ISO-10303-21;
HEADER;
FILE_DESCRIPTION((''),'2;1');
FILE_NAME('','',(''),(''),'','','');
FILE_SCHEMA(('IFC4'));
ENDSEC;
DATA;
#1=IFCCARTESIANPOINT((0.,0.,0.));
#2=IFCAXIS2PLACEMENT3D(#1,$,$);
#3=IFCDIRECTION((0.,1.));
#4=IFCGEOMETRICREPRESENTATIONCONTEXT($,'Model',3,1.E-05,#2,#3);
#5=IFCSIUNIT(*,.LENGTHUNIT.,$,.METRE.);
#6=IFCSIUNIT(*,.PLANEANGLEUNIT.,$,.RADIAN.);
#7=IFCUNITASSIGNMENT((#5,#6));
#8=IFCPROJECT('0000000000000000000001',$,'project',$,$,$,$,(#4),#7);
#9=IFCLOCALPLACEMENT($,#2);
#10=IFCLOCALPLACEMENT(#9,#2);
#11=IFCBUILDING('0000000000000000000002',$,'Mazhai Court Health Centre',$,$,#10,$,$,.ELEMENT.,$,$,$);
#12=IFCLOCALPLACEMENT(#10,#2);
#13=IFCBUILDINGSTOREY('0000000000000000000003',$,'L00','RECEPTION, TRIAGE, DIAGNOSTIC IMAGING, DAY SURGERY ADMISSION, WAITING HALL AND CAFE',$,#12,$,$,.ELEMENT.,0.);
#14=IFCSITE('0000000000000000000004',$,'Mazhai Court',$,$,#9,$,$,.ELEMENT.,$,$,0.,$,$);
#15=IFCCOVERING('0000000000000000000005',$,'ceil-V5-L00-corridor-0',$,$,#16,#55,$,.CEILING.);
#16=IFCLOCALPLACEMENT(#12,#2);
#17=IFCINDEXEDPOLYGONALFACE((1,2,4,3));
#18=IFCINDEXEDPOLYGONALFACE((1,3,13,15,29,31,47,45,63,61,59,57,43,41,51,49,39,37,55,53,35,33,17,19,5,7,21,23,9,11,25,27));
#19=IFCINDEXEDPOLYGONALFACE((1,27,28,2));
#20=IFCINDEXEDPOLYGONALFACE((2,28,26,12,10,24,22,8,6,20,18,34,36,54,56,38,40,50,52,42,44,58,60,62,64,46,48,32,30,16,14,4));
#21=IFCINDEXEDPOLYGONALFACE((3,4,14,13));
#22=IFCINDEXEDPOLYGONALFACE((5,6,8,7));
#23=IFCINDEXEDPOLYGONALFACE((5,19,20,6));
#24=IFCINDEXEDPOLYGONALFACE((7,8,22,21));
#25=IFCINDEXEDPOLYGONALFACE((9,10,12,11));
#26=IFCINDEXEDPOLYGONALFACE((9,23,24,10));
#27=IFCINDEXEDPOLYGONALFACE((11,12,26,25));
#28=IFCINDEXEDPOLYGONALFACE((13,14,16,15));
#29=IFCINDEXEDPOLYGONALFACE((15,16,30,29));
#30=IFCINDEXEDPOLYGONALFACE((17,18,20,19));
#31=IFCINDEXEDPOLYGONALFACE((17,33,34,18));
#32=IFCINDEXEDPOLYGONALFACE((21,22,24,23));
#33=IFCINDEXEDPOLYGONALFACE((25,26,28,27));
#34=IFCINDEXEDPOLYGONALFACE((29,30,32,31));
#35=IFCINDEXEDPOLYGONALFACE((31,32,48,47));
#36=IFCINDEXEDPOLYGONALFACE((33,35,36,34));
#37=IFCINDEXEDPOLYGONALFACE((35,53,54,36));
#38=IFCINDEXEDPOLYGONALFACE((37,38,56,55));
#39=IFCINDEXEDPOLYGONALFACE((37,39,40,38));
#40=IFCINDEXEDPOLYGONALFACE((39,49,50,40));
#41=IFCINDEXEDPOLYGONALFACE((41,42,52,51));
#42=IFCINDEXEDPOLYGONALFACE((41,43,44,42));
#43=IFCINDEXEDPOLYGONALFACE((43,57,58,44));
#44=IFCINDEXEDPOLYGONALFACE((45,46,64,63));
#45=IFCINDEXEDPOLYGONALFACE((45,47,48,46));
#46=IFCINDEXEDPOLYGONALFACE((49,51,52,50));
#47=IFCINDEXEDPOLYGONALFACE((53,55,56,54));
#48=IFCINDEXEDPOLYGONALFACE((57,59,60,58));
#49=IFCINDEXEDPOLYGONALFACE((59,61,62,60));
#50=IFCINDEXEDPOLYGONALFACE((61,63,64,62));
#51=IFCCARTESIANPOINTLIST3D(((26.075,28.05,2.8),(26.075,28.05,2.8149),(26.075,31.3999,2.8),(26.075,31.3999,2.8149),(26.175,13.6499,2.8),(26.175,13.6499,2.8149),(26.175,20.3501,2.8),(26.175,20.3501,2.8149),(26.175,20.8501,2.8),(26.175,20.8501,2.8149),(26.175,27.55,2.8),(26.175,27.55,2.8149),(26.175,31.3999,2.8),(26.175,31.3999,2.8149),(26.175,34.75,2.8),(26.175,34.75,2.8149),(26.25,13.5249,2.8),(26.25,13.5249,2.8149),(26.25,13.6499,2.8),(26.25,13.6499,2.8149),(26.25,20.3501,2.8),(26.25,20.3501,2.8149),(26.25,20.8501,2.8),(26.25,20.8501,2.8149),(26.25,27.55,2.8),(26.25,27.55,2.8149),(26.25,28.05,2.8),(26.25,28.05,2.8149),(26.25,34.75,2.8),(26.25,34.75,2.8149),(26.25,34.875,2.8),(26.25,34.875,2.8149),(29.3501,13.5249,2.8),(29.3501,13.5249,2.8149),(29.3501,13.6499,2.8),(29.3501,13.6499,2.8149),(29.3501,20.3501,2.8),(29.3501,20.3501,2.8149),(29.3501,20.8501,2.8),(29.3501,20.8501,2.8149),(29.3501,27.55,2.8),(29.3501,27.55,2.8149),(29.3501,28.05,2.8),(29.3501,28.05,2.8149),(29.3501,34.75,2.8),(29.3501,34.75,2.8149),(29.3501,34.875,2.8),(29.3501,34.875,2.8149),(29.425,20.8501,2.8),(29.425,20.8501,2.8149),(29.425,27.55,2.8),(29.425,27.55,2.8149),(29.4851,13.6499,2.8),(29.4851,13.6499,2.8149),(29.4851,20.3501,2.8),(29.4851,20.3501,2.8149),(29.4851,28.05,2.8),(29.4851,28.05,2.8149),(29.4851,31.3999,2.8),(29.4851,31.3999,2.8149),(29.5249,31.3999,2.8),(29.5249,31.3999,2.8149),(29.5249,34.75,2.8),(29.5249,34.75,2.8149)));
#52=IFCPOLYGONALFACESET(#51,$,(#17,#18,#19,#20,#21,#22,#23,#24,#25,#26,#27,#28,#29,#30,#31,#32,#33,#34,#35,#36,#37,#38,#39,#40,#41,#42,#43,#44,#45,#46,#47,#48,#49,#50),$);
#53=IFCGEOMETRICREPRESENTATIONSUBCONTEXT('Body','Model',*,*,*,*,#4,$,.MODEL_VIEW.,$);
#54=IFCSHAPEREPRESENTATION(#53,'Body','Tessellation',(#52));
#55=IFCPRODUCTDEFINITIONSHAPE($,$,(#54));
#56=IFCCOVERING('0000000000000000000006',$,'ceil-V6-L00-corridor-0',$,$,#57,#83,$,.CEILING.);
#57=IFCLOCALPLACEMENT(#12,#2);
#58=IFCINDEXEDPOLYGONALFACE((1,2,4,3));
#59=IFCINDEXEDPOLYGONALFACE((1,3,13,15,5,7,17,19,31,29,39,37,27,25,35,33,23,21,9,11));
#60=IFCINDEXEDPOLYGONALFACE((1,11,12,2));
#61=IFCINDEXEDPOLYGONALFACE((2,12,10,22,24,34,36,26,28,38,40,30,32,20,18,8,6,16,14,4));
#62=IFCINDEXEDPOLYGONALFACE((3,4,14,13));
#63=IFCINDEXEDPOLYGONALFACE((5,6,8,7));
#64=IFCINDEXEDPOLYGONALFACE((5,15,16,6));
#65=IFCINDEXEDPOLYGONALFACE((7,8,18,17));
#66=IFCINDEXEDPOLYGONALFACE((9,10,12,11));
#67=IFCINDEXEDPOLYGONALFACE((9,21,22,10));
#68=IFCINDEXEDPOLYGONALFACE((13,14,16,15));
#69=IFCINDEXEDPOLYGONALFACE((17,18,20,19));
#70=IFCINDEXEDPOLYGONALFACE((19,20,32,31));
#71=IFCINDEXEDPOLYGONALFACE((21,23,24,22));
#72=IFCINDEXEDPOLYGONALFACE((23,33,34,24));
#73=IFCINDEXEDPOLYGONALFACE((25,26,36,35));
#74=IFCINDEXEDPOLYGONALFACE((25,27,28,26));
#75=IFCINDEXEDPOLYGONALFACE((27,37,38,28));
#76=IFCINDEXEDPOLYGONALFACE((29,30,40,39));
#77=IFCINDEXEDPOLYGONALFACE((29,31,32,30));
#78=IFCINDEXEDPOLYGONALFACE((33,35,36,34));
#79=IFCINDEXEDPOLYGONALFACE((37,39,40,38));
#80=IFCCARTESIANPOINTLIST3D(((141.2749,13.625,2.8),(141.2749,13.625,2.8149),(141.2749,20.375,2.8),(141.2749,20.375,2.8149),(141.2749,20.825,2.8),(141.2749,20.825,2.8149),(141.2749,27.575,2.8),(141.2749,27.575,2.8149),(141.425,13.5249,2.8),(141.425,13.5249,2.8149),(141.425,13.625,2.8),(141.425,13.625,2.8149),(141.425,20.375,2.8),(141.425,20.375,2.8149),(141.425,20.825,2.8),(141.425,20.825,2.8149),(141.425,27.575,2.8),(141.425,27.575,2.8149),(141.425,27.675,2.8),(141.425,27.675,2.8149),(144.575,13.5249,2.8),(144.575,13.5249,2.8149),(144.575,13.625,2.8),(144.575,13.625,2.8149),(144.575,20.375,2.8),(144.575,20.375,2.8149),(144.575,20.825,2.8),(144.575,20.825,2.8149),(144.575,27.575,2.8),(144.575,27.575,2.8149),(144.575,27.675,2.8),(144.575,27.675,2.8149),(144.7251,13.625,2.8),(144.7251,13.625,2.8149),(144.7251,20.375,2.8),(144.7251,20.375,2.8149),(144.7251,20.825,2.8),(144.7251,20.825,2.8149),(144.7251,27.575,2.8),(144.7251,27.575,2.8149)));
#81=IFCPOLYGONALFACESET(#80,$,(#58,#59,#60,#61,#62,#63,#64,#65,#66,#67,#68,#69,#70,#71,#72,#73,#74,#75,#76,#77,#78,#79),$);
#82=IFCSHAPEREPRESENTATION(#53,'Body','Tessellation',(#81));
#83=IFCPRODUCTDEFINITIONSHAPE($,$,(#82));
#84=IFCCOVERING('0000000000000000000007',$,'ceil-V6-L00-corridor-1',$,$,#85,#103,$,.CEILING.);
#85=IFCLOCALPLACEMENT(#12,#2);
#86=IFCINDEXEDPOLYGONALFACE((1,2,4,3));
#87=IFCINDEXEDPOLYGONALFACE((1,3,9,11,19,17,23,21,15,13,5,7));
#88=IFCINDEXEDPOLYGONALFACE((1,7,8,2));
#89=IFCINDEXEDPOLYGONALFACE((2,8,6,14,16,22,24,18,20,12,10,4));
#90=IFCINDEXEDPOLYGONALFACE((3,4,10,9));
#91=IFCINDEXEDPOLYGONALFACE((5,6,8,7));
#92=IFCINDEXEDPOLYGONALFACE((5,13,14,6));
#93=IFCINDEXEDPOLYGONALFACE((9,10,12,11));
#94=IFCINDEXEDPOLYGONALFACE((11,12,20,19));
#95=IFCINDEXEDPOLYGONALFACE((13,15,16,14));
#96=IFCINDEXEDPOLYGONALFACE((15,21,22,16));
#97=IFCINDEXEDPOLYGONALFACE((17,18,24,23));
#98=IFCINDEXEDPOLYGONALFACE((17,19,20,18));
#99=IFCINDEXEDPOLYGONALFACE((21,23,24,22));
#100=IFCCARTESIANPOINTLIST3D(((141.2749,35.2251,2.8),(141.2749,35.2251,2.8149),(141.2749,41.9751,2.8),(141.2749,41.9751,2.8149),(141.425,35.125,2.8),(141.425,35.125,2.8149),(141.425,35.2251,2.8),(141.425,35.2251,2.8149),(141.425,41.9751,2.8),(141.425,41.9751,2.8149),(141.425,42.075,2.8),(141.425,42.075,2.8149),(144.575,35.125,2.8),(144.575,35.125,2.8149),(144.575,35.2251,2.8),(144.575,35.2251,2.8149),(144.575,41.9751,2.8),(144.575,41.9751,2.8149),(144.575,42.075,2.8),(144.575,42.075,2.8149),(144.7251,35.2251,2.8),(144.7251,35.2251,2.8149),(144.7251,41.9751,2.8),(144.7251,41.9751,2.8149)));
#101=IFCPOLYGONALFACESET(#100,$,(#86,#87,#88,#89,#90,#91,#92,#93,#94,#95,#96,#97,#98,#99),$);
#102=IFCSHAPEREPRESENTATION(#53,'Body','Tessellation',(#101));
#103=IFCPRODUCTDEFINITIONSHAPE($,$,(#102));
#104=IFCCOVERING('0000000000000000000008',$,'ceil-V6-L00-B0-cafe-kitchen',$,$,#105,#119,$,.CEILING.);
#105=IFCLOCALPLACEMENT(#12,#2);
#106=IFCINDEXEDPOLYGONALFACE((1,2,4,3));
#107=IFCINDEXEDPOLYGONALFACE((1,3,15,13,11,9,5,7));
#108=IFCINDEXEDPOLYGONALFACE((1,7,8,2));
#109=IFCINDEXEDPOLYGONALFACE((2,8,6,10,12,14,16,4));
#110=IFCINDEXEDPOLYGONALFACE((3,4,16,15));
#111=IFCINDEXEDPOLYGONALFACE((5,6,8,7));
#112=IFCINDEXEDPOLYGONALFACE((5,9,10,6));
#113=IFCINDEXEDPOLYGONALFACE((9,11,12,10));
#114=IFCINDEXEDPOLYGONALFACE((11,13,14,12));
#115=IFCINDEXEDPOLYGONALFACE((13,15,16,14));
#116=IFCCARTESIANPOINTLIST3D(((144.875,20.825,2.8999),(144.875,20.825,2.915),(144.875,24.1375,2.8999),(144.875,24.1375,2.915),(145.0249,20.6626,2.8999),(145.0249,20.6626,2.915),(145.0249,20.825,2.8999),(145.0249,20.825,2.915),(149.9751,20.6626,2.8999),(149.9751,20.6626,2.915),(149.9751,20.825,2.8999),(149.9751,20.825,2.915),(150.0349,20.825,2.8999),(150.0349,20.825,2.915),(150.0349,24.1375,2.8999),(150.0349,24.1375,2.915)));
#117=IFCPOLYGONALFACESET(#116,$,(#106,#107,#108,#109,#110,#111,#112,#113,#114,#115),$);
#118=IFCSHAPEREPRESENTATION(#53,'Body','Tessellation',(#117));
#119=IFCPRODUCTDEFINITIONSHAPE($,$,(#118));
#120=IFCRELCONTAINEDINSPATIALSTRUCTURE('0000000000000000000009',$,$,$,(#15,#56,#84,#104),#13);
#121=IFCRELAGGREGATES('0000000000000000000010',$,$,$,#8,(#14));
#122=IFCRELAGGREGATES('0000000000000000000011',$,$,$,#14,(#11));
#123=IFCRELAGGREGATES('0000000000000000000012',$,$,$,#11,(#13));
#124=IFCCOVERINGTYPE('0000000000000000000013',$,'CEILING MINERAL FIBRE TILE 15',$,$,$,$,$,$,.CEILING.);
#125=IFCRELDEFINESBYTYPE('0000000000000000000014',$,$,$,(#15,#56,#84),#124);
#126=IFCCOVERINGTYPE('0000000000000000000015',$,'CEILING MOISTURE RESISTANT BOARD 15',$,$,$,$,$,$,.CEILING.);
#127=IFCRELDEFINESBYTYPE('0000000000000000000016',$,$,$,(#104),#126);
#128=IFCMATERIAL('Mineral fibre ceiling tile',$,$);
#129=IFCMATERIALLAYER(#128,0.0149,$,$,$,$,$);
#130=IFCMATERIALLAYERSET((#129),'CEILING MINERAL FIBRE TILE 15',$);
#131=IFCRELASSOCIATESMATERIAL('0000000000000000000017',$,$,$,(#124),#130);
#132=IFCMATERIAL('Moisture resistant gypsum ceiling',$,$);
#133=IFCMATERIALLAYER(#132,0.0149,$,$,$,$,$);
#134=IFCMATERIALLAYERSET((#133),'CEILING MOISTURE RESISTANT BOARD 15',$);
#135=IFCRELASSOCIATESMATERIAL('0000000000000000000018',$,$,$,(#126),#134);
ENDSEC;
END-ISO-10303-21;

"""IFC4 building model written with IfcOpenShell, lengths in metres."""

from ifc_helpers import new_model, si_unit, direction, frame, origin, place, context, subcontext, project, spatial, polyline, outline, extrude, material, layer, layer_set, type_object, element, save


model = new_model("IFC4")

# Units and contexts
model_context = context("Model", 3, precision=1e-05, world=origin(), true_north=direction((0.0, 1.0)))
body_context = subcontext(model_context, "Body", "Model", "MODEL_VIEW")
ifc_project = project(units=[si_unit("LENGTHUNIT", "METRE"), si_unit("PLANEANGLEUNIT", "RADIAN")], contexts=[model_context])

# Site, building, storey
site_placement = place(None, origin())
site = spatial("IfcSite", under=ifc_project, at=site_placement, Name="Mazhai Court", CompositionType="ELEMENT", RefElevation=0.0)
building_placement = place(site_placement, origin())
building = spatial("IfcBuilding", under=site, at=building_placement, Name="Mazhai Court Health Centre", CompositionType="ELEMENT")
storey_placement = place(building_placement, origin())
storey = spatial("IfcBuildingStorey", under=building, at=storey_placement, Name="L00", Description="RECEPTION, TRIAGE, DIAGNOSTIC IMAGING, DAY SURGERY ADMISSION, WAITING HALL AND CAFE", CompositionType="ELEMENT", Elevation=0.0)

# Coverings
ifc_material_1 = material(Name="Mineral fibre ceiling tile")
ifc_layer_1 = layer(ifc_material_1, 0.0149)
ifc_layer_set_1 = layer_set([ifc_layer_1], Name="CEILING MINERAL FIBRE TILE 15")
covering_type_1 = type_object("IfcCoveringType", Name="CEILING MINERAL FIBRE TILE 15", PredefinedType="CEILING", material=ifc_layer_set_1)
covering_1_placement = place(storey_placement, frame((0.0, 0.0, 2.8)))
element("IfcCovering", 1, at=covering_1_placement, inside=storey, type_object=covering_type_1, Name="ceil-V5-L00-corridor-0", PredefinedType="CEILING", context=body_context, shape_type="SweptSolid", body=[
    extrude(outline(polyline([(29.3501, 13.5249), (29.3501, 13.6499), (29.4851, 13.6499), (29.4851, 20.3501), (29.3501, 20.3501), (29.3501, 20.8501), (29.425, 20.8501), (29.425, 27.55), (29.3501, 27.55), (29.3501, 28.05), (29.4851, 28.05), (29.4851, 31.3999), (29.5249, 31.3999), (29.5249, 34.75), (29.3501, 34.75), (29.3501, 34.875), (26.25, 34.875), (26.25, 34.75), (26.175, 34.75), (26.175, 31.3999), (26.075, 31.3999), (26.075, 28.05), (26.25, 28.05), (26.25, 27.55), (26.175, 27.55), (26.175, 20.8501), (26.25, 20.8501), (26.25, 20.3501), (26.175, 20.3501), (26.175, 13.6499), (26.25, 13.6499), (26.25, 13.5249), (29.3501, 13.5249)])), origin(), (0.0, 0.0, 1.0), 0.0149),
])
covering_2_placement = place(storey_placement, frame((0.0, 0.0, 2.8)))
element("IfcCovering", 2, at=covering_2_placement, inside=storey, type_object=covering_type_1, Name="ceil-V6-L00-corridor-0", PredefinedType="CEILING", context=body_context, shape_type="SweptSolid", body=[
    extrude(outline(polyline([(144.575, 13.5249), (144.575, 13.625), (144.7251, 13.625), (144.7251, 20.375), (144.575, 20.375), (144.575, 20.825), (144.7251, 20.825), (144.7251, 27.575), (144.575, 27.575), (144.575, 27.675), (141.425, 27.675), (141.425, 27.575), (141.2749, 27.575), (141.2749, 20.825), (141.425, 20.825), (141.425, 20.375), (141.2749, 20.375), (141.2749, 13.625), (141.425, 13.625), (141.425, 13.5249), (144.575, 13.5249)])), origin(), (0.0, 0.0, 1.0), 0.0149),
])
covering_3_placement = place(storey_placement, frame((0.0, 0.0, 2.8)))
element("IfcCovering", 3, at=covering_3_placement, inside=storey, type_object=covering_type_1, Name="ceil-V6-L00-corridor-1", PredefinedType="CEILING", context=body_context, shape_type="SweptSolid", body=[
    extrude(outline(polyline([(144.575, 35.125), (144.575, 35.2251), (144.7251, 35.2251), (144.7251, 41.9751), (144.575, 41.9751), (144.575, 42.075), (141.425, 42.075), (141.425, 41.9751), (141.2749, 41.9751), (141.2749, 35.2251), (141.425, 35.2251), (141.425, 35.125), (144.575, 35.125)])), origin(), (0.0, 0.0, 1.0), 0.0149),
])
ifc_material_2 = material(Name="Moisture resistant gypsum ceiling")
ifc_layer_2 = layer(ifc_material_2, 0.0149)
ifc_layer_set_2 = layer_set([ifc_layer_2], Name="CEILING MOISTURE RESISTANT BOARD 15")
covering_type_2 = type_object("IfcCoveringType", Name="CEILING MOISTURE RESISTANT BOARD 15", PredefinedType="CEILING", material=ifc_layer_set_2)
covering_4_placement = place(storey_placement, frame((0.0, 0.0, 2.8999)))
element("IfcCovering", 4, at=covering_4_placement, inside=storey, type_object=covering_type_2, Name="ceil-V6-L00-B0-cafe-kitchen", PredefinedType="CEILING", context=body_context, shape_type="SweptSolid", body=[
    extrude(outline(polyline([(144.875, 20.825), (145.0249, 20.825), (145.0249, 20.6626), (149.9751, 20.6626), (149.9751, 20.825), (150.0349, 20.825), (150.0349, 24.1375), (144.875, 24.1375), (144.875, 20.825)])), origin(), (0.0, 0.0, 1.0), 0.0151),
])

save(model, "model.ifc")
